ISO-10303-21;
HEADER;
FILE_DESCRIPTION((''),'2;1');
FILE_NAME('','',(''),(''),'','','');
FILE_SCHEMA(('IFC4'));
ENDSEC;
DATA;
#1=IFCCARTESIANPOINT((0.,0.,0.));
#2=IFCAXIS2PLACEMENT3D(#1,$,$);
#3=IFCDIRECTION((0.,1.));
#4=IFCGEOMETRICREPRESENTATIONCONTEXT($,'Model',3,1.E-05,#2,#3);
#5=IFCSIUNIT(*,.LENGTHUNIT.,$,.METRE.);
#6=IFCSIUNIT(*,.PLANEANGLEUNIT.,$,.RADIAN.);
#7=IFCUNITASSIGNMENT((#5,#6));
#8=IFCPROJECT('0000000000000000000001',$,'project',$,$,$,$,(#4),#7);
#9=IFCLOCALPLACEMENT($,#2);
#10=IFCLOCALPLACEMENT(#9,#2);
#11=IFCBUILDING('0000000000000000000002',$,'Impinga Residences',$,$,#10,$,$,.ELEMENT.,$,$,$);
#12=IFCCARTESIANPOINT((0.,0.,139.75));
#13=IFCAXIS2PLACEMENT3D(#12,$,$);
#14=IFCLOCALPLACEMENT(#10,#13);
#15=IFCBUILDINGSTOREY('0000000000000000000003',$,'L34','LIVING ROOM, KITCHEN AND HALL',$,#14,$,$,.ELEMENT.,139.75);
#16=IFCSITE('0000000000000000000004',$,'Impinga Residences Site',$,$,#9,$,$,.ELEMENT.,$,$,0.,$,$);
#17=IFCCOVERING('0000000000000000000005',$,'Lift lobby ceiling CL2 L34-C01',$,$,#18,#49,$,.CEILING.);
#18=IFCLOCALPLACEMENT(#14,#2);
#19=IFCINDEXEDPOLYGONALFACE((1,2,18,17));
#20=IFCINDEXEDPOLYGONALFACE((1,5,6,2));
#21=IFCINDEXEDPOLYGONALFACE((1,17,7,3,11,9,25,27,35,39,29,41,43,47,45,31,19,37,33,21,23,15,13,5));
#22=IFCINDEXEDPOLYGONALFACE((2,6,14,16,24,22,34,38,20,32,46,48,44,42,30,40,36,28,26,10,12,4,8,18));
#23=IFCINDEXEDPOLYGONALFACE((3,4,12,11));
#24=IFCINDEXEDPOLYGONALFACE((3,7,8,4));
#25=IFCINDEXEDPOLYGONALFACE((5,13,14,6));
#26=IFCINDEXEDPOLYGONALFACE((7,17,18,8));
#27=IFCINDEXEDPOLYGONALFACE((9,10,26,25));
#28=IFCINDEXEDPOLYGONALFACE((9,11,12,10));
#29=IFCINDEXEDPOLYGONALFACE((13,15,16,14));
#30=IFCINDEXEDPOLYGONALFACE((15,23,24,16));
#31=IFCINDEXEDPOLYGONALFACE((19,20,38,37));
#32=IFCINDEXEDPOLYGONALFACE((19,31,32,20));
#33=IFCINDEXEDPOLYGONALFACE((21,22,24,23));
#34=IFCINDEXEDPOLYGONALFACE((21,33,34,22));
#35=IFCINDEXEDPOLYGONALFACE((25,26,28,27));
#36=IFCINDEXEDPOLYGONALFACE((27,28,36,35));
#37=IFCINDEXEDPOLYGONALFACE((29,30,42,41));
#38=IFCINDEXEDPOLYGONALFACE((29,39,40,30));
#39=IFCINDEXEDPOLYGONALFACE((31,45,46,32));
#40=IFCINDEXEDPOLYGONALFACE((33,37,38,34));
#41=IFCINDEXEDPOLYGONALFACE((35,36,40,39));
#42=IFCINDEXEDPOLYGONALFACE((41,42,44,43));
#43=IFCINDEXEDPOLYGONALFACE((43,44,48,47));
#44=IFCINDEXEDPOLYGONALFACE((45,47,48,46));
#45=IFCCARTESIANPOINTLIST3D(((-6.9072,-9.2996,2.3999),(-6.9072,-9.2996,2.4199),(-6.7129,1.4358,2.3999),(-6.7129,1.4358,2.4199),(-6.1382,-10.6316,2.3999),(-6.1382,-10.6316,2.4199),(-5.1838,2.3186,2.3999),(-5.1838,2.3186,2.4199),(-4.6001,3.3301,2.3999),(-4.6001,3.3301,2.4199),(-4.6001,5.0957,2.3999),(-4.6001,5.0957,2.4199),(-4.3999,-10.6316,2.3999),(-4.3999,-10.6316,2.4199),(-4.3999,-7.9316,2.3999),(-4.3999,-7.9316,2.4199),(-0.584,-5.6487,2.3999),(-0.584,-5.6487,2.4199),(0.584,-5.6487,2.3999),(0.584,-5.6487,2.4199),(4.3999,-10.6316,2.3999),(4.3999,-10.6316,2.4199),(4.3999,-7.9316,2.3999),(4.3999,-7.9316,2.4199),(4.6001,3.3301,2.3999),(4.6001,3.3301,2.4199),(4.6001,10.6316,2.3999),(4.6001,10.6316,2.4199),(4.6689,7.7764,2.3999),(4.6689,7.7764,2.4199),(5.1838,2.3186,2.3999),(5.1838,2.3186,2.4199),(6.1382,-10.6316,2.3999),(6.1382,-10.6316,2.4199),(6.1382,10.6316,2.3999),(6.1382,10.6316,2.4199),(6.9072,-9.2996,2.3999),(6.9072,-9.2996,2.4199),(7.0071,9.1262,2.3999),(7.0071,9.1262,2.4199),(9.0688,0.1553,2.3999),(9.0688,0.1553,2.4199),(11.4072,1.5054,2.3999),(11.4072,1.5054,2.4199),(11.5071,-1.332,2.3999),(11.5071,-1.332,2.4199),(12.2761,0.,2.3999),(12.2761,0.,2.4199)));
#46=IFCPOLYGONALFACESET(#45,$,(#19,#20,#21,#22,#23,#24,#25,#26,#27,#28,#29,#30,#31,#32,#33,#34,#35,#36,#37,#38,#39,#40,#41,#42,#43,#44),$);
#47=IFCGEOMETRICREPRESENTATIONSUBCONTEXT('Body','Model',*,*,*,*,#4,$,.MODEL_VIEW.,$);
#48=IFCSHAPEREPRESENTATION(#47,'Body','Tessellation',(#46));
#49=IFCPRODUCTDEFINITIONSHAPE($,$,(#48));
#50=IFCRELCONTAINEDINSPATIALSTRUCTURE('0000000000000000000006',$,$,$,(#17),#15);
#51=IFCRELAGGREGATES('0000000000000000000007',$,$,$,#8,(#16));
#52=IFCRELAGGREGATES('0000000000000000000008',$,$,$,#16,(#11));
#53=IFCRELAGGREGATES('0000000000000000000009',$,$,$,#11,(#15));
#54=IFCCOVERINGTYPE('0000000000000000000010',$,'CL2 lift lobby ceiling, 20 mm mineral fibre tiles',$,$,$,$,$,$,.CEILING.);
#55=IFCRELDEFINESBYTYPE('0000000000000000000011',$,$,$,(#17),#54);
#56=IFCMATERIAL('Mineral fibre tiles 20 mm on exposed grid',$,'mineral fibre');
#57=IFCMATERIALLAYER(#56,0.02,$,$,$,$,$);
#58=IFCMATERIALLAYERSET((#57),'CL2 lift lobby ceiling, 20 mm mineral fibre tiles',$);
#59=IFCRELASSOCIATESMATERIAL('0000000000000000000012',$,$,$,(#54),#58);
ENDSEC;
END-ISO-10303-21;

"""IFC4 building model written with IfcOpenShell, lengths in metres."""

from ifc_helpers import new_model, si_unit, direction, frame, origin, place, context, subcontext, project, spatial, polyline, outline, extrude, material, layer, layer_set, type_object, element, save


model = new_model("IFC4")

# Units and contexts
model_context = context("Model", 3, precision=1e-05, world=origin(), true_north=direction((0.0, 1.0)))
body_context = subcontext(model_context, "Body", "Model", "MODEL_VIEW")
ifc_project = project(units=[si_unit("LENGTHUNIT", "METRE"), si_unit("PLANEANGLEUNIT", "RADIAN")], contexts=[model_context])

# Site, building, storey
site_placement = place(None, origin())
site = spatial("IfcSite", under=ifc_project, at=site_placement, Name="Impinga Residences Site", CompositionType="ELEMENT", RefElevation=0.0)
building_placement = place(site_placement, origin())
building = spatial("IfcBuilding", under=site, at=building_placement, Name="Impinga Residences", CompositionType="ELEMENT")
storey_placement = place(building_placement, frame((0.0, 0.0, 139.75)))
storey = spatial("IfcBuildingStorey", under=building, at=storey_placement, Name="L34", Description="LIVING ROOM, KITCHEN AND HALL", CompositionType="ELEMENT", Elevation=139.75)

# Covering
ifc_material_1 = material(Name="Mineral fibre tiles 20 mm on exposed grid", Category="mineral fibre")
ifc_layer_1 = layer(ifc_material_1, 0.02)
ifc_layer_set_1 = layer_set([ifc_layer_1], Name="CL2 lift lobby ceiling, 20 mm mineral fibre tiles")
covering_type_1 = type_object("IfcCoveringType", Name="CL2 lift lobby ceiling, 20 mm mineral fibre tiles", PredefinedType="CEILING", material=ifc_layer_set_1)
covering_1_placement = place(storey_placement, frame((0.0, 0.0, 2.3999)))
element("IfcCovering", 1, at=covering_1_placement, inside=storey, type_object=covering_type_1, Name="Lift lobby ceiling CL2 L34-C01", PredefinedType="CEILING", context=body_context, shape_type="SweptSolid", body=[
    extrude(outline(polyline([(5.1838, 2.3186), (0.584, -5.6487), (6.9072, -9.2996), (6.1382, -10.6316), (4.3999, -10.6316), (4.3999, -7.9316), (-4.3999, -7.9316), (-4.3999, -10.6316), (-6.1382, -10.6316), (-6.9072, -9.2996), (-0.584, -5.6487), (-5.1838, 2.3186), (-6.7129, 1.4358), (-4.6001, 5.0957), (-4.6001, 3.3301), (4.6001, 3.3301), (4.6001, 10.6316), (6.1382, 10.6316), (7.0071, 9.1262), (4.6689, 7.7764), (9.0688, 0.1553), (11.4072, 1.5054), (12.2761, 0.0), (11.5071, -1.332), (5.1838, 2.3186)])), origin(), (0.0, 0.0, 1.0), 0.02),
])

save(model, "model.ifc")
